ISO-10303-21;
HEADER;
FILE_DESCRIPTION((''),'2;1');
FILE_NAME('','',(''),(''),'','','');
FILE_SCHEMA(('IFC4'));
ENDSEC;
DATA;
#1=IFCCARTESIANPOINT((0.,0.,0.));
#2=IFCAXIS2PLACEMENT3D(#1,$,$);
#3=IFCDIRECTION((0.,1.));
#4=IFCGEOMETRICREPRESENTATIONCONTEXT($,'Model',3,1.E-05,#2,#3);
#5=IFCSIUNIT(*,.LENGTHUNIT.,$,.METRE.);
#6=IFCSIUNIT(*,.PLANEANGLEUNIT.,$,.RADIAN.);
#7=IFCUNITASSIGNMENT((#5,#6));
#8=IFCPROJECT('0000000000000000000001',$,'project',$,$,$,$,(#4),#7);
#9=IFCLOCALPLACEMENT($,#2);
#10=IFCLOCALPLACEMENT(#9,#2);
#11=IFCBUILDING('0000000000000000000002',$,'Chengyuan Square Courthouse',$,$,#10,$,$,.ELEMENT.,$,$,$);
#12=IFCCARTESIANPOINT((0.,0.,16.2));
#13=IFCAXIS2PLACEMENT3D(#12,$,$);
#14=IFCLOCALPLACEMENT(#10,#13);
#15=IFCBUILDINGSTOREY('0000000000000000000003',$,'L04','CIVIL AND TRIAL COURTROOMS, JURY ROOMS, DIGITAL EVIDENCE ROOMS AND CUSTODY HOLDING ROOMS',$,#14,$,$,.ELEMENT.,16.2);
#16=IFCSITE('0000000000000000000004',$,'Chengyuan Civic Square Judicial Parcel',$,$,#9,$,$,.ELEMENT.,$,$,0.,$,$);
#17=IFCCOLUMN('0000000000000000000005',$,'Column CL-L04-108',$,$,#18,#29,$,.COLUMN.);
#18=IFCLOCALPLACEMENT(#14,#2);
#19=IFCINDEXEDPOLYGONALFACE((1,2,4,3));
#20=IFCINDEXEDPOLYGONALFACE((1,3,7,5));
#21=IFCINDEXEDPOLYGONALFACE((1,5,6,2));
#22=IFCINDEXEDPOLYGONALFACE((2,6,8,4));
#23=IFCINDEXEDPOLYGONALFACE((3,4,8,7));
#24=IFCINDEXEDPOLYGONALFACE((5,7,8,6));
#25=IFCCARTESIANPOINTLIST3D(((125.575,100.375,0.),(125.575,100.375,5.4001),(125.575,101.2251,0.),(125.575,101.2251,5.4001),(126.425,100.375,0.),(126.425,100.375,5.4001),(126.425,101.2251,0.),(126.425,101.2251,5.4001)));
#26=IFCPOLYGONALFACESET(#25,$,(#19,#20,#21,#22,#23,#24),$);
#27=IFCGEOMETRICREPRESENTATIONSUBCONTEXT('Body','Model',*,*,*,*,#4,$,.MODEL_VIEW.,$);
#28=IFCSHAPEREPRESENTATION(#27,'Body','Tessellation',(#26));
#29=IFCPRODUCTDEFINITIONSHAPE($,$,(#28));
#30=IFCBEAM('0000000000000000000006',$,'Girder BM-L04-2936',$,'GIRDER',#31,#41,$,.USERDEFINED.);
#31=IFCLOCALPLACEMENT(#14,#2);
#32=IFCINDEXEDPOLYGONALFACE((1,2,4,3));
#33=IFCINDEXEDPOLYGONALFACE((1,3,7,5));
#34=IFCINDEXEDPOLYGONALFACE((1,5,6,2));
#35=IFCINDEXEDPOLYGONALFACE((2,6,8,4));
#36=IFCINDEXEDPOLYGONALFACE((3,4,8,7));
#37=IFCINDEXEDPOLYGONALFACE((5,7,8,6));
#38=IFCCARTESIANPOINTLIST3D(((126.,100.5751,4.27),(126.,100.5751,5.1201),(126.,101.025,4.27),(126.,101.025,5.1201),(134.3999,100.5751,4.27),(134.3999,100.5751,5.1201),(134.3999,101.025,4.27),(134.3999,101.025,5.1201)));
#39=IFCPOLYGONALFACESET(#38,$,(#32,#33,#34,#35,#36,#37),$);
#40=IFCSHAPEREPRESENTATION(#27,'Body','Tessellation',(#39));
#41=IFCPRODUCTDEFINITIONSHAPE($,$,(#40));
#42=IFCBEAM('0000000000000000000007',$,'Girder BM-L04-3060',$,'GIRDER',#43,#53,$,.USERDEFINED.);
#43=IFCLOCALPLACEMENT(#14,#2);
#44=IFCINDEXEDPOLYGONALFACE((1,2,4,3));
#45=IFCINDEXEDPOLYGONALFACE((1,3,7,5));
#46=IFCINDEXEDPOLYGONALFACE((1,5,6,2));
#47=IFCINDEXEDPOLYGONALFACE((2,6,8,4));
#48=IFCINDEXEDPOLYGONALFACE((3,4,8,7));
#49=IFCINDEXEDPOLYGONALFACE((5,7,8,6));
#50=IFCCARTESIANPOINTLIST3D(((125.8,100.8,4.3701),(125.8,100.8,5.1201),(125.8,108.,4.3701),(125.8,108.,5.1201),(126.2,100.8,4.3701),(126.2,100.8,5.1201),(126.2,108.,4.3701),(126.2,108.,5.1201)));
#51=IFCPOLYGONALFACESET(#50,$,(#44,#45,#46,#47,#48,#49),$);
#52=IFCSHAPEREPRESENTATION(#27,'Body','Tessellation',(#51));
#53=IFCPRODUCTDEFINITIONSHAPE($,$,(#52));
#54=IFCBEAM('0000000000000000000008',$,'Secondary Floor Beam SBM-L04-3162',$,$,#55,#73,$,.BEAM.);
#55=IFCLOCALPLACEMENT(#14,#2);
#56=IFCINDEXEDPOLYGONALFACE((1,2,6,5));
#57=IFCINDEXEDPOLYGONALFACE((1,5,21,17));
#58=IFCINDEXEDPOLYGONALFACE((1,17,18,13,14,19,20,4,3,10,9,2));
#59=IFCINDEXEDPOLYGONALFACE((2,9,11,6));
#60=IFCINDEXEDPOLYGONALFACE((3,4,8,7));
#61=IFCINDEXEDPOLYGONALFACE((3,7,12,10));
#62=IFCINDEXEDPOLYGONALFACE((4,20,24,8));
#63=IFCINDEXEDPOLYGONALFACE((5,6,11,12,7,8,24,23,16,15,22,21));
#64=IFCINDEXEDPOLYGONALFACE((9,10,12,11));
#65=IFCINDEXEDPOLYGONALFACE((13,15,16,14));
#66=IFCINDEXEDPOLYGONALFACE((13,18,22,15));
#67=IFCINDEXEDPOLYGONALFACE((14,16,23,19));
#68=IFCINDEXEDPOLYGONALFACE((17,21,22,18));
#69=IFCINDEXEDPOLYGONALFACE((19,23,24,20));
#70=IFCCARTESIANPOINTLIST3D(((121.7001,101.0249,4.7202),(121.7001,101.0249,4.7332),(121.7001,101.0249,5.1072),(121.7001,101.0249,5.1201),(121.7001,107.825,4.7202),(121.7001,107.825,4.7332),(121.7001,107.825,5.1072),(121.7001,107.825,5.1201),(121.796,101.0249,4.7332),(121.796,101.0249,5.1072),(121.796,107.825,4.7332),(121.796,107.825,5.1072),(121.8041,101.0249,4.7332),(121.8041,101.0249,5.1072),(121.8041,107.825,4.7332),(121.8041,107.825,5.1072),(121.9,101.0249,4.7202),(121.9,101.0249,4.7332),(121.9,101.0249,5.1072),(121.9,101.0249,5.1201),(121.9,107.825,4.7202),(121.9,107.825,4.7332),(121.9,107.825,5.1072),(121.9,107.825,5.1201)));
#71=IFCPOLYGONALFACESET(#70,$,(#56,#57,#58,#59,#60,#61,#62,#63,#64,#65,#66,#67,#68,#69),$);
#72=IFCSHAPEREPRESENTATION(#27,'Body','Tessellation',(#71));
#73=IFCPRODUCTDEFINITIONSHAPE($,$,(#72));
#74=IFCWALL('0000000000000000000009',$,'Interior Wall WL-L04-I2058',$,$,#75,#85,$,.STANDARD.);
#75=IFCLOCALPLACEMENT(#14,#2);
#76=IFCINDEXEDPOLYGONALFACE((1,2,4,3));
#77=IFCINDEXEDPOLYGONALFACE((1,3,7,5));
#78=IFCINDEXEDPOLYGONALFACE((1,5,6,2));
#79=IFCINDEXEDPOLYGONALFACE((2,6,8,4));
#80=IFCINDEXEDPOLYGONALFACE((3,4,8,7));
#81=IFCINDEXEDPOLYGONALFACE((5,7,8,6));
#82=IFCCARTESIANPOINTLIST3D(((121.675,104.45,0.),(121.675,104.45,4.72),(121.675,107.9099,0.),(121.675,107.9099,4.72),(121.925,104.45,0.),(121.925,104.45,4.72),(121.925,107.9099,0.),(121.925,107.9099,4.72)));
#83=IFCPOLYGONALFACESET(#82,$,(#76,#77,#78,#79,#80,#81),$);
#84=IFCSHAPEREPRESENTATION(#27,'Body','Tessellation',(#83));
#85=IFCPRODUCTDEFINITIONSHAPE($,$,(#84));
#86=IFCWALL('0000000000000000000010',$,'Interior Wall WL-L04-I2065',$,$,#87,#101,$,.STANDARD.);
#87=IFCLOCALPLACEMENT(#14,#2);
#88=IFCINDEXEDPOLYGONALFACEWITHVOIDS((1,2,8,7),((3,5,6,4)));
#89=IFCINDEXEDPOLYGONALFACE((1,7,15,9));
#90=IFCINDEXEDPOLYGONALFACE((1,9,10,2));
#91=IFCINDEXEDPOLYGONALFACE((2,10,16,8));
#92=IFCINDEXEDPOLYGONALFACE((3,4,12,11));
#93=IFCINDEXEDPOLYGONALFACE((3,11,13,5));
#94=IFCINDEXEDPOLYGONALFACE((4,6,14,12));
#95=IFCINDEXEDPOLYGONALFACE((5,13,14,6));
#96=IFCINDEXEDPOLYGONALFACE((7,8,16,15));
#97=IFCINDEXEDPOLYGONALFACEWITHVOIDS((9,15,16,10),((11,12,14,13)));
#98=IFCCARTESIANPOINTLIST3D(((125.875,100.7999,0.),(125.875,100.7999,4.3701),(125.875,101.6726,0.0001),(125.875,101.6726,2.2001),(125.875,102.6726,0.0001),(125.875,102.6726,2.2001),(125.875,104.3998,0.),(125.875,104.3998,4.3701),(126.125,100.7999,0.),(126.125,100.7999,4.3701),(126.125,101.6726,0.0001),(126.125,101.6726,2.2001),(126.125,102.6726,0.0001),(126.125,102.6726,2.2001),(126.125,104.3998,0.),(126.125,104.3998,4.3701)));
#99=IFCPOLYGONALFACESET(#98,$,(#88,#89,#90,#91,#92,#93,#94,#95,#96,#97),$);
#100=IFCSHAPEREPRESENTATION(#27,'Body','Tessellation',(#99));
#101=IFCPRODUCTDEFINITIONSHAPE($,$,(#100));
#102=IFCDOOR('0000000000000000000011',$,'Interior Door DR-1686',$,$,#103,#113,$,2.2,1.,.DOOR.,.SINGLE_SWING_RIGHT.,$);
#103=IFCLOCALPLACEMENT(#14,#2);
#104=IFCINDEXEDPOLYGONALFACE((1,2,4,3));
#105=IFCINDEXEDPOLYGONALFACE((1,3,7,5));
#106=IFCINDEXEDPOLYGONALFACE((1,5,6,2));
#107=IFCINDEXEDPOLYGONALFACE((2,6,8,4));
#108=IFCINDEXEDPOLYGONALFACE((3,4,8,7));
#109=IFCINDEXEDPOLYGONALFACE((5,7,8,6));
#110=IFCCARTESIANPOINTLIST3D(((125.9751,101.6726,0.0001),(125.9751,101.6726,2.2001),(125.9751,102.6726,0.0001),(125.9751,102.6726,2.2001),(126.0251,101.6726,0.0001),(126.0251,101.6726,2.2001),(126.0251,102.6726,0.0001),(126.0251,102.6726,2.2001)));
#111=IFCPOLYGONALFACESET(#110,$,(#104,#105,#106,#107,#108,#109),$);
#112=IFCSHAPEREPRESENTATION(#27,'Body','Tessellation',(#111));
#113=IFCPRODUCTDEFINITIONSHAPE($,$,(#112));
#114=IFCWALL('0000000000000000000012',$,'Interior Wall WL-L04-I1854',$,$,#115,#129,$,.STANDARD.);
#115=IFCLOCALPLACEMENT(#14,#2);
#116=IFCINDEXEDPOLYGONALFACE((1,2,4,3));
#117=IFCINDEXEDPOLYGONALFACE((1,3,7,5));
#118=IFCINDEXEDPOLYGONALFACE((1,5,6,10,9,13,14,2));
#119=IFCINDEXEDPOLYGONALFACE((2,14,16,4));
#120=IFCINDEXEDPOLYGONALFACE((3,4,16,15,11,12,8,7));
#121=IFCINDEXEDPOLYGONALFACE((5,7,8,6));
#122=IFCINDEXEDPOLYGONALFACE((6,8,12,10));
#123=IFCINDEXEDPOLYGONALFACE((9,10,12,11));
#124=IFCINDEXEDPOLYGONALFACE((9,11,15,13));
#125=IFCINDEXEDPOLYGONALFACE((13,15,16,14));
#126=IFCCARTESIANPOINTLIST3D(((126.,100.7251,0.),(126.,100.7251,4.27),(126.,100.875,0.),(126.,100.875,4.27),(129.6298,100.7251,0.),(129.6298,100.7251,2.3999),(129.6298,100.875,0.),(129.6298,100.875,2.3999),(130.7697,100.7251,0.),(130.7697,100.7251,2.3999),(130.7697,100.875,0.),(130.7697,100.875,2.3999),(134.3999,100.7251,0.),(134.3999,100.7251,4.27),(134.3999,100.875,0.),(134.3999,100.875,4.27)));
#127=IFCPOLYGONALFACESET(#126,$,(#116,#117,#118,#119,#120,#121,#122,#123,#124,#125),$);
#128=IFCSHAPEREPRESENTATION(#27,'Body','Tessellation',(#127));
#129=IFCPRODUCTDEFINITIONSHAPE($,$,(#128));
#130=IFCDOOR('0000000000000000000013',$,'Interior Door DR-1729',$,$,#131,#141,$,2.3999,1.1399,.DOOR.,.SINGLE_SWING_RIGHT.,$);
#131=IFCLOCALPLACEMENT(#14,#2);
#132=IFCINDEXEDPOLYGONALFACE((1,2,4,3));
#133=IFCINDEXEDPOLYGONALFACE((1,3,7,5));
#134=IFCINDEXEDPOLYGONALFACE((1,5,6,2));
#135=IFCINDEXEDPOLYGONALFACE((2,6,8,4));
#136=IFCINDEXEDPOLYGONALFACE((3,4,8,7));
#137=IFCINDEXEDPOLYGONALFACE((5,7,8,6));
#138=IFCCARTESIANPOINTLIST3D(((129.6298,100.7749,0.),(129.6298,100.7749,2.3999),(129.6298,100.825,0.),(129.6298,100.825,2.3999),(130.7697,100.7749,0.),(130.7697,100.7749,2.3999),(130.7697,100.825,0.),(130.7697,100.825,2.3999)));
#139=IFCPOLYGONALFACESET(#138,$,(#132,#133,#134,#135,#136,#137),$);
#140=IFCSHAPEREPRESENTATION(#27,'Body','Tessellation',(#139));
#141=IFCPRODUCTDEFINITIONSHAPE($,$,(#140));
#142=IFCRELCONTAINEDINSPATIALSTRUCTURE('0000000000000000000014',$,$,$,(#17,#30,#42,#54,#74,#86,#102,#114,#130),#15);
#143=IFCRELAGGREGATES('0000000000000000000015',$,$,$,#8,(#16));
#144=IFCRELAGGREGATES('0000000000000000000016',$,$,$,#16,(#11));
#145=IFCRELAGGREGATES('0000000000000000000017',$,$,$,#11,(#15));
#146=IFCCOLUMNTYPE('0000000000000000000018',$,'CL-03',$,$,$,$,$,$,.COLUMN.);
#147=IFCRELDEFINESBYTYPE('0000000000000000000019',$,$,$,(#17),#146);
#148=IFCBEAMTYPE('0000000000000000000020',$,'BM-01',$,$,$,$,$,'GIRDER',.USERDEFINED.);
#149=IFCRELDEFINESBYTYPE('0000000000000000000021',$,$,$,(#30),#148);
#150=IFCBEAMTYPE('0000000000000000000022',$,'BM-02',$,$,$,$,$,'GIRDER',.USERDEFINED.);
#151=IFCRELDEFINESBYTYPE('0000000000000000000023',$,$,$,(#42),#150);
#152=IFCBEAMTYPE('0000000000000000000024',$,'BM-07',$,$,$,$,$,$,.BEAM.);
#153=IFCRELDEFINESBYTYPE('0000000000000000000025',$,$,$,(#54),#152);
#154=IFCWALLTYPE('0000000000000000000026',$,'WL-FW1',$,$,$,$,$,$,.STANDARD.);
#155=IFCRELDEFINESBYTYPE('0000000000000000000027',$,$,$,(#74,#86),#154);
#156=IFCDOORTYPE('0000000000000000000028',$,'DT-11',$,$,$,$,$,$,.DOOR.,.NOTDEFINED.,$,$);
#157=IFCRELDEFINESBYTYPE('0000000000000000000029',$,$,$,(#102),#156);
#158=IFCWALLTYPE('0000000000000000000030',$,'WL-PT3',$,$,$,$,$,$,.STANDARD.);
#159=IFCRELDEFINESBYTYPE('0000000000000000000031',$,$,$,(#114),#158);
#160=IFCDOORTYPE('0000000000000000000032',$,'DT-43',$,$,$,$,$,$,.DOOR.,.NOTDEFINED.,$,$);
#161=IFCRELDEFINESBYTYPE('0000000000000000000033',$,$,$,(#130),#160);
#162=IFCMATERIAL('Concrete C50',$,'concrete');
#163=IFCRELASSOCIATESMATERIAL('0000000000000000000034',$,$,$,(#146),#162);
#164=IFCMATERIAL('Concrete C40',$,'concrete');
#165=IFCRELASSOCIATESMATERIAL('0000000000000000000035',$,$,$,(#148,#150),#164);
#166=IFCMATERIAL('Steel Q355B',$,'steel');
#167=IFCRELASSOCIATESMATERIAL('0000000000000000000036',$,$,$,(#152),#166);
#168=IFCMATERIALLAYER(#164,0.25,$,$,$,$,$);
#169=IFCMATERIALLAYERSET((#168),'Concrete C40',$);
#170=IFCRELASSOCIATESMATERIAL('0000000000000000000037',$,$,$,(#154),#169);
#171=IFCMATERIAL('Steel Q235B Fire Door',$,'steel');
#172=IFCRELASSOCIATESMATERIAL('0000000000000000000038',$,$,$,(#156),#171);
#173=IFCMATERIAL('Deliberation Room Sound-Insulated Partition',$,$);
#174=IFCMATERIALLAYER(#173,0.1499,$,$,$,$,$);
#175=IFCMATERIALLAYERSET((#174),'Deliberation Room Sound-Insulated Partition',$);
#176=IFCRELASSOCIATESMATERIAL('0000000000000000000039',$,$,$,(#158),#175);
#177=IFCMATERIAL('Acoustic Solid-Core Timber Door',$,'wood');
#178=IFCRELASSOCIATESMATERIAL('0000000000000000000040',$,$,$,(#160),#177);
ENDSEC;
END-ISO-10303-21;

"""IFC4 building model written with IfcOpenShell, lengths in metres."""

from ifc_helpers import new_model, si_unit, direction, frame, frame_2d, origin, origin_2d, place, context, subcontext, project, spatial, rectangle, i_section, extrude, material, layer, layer_set, material_profile, profile_set, type_object, element, fill, save


model = new_model("IFC4")

# Units and contexts
model_context = context("Model", 3, precision=1e-05, world=origin(), true_north=direction((0.0, 1.0)))
body_context = subcontext(model_context, "Body", "Model", "MODEL_VIEW")
ifc_project = project(units=[si_unit("LENGTHUNIT", "METRE"), si_unit("PLANEANGLEUNIT", "RADIAN")], contexts=[model_context])

# Site, building, storey
site_placement = place(None, origin())
site = spatial("IfcSite", under=ifc_project, at=site_placement, Name="Chengyuan Civic Square Judicial Parcel", CompositionType="ELEMENT", RefElevation=0.0)
building_placement = place(site_placement, origin())
building = spatial("IfcBuilding", under=site, at=building_placement, Name="Chengyuan Square Courthouse", CompositionType="ELEMENT")
storey_placement = place(building_placement, frame((0.0, 0.0, 16.2)))
storey = spatial("IfcBuildingStorey", under=building, at=storey_placement, Name="L04", Description="CIVIL AND TRIAL COURTROOMS, JURY ROOMS, DIGITAL EVIDENCE ROOMS AND CUSTODY HOLDING ROOMS", CompositionType="ELEMENT", Elevation=16.2)

# Column
ifc_material_1 = material(Name="Concrete C50", Category="concrete")
ifc_material_profile_1 = material_profile(ifc_material_1, rectangle(XDim=0.8501, YDim=0.8501, at=origin_2d()), Name="RC-COL-850x850")
ifc_profile_set_1 = profile_set([ifc_material_profile_1], Name="Concrete C50")
column_type = type_object("IfcColumnType", Name="CL-03", PredefinedType="COLUMN", material=ifc_profile_set_1)
column_placement = place(storey_placement, frame((126.0, 100.8, 0.0), z_axis=(0.0, 0.0, 1.0), x_axis=(1.0, 0.0, 0.0)))
element("IfcColumn", 1, at=column_placement, inside=storey, type_object=column_type, Name="Column CL-L04-108", PredefinedType="COLUMN", context=body_context, shape_type="SweptSolid", body=[
    extrude(rectangle(XDim=0.8501, YDim=0.8501, at=origin_2d()), origin(), (0.0, 0.0, 1.0), 5.4001),
])

# Beams
ifc_material_2 = material(Name="Concrete C40", Category="concrete")
ifc_material_profile_2 = material_profile(ifc_material_2, rectangle(XDim=0.45, YDim=0.8501, at=origin_2d()), Name="RC-BM-450x850")
ifc_profile_set_2 = profile_set([ifc_material_profile_2], Name="Concrete C40")
beam_type_1 = type_object("IfcBeamType", Name="BM-01", ElementType="GIRDER", PredefinedType="USERDEFINED", material=ifc_profile_set_2)
beam_1_placement = place(storey_placement, frame((126.0, 100.8, 4.6951), z_axis=(1.0, 0.0, 0.0), x_axis=(0.0, 1.0, 0.0)))
element("IfcBeam", 2, at=beam_1_placement, inside=storey, type_object=beam_type_1, Name="Girder BM-L04-2936", ObjectType="GIRDER", PredefinedType="USERDEFINED", context=body_context, shape_type="SweptSolid", body=[
    extrude(rectangle(XDim=0.45, YDim=0.8501, at=origin_2d()), origin(), (0.0, 0.0, 1.0), 8.3999),
])
ifc_material_profile_3 = material_profile(ifc_material_2, rectangle(XDim=0.3999, YDim=0.75, at=origin_2d()), Name="RC-BM-400x750")
ifc_profile_set_3 = profile_set([ifc_material_profile_3], Name="Concrete C40")
beam_type_2 = type_object("IfcBeamType", Name="BM-02", ElementType="GIRDER", PredefinedType="USERDEFINED", material=ifc_profile_set_3)
beam_2_placement = place(storey_placement, frame((126.0, 100.8, 4.7451), z_axis=(0.0, 1.0, 0.0), x_axis=(-1.0, 0.0, 0.0)))
element("IfcBeam", 3, at=beam_2_placement, inside=storey, type_object=beam_type_2, Name="Girder BM-L04-3060", ObjectType="GIRDER", PredefinedType="USERDEFINED", context=body_context, shape_type="SweptSolid", body=[
    extrude(rectangle(XDim=0.3999, YDim=0.75, at=origin_2d()), origin(), (0.0, 0.0, 1.0), 7.2),
])
ifc_material_3 = material(Name="Steel Q355B", Category="steel")
ifc_material_profile_4 = material_profile(ifc_material_3, i_section(OverallWidth=0.2, OverallDepth=0.3999, WebThickness=0.0081, FlangeThickness=0.0129, at=origin_2d()), Name="HN 400x200x8x13")
ifc_profile_set_4 = profile_set([ifc_material_profile_4], Name="Steel Q355B")
beam_type_3 = type_object("IfcBeamType", Name="BM-07", PredefinedType="BEAM", material=ifc_profile_set_4)
beam_3_placement = place(storey_placement, frame((121.8, 101.0249, 4.9202), z_axis=(0.0, 1.0, 0.0), x_axis=(-1.0, 0.0, 0.0)))
element("IfcBeam", 4, at=beam_3_placement, inside=storey, type_object=beam_type_3, Name="Secondary Floor Beam SBM-L04-3162", PredefinedType="BEAM", context=body_context, shape_type="SweptSolid", body=[
    extrude(i_section(OverallWidth=0.2, OverallDepth=0.3999, WebThickness=0.0081, FlangeThickness=0.0129, at=origin_2d()), origin(), (0.0, 0.0, 1.0), 6.8),
])

# Wall
ifc_layer_1 = layer(ifc_material_2, 0.25)
ifc_layer_set_1 = layer_set([ifc_layer_1], Name="Concrete C40")
wall_type_1 = type_object("IfcWallType", Name="WL-FW1", PredefinedType="STANDARD", material=ifc_layer_set_1)
wall_1_placement = place(storey_placement, frame((121.8, 104.45, 0.0), z_axis=(0.0, 0.0, 1.0), x_axis=(0.0, 1.0, 0.0)))
element("IfcWall", 5, at=wall_1_placement, inside=storey, type_object=wall_type_1, Name="Interior Wall WL-L04-I2058", PredefinedType="STANDARD", context=body_context, shape_type="SweptSolid", body=[
    extrude(rectangle(XDim=3.46, YDim=0.25, at=frame_2d((1.73, 0.0))), origin(), (0.0, 0.0, 1.0), 4.72),
])

# Walls, openings, doors
wall_2_placement = place(storey_placement, frame((126.0, 100.8, 0.0), z_axis=(0.0, 0.0, 1.0), x_axis=(0.0, 1.0, 0.0)))
wall_2 = element("IfcWall", 6, at=wall_2_placement, inside=storey, type_object=wall_type_1, Name="Interior Wall WL-L04-I2065", PredefinedType="STANDARD", context=body_context, shape_type="SweptSolid", body=[
    extrude(rectangle(XDim=3.5999, YDim=0.25, at=frame_2d((1.7998, 0.0))), origin(), (0.0, 0.0, 1.0), 4.3701),
])
opening_1_placement = place(wall_2_placement, frame((0.8726, 0.0, 0.0)))
opening_1 = element("IfcOpeningElement", 7, at=opening_1_placement, cuts=wall_2, PredefinedType="OPENING", context=body_context, shape_type="SweptSolid", body=[
    extrude(rectangle(XDim=1.0, YDim=2.2, at=frame_2d((0.5, 1.1001))), frame((0.0, 0.137, 0.0), z_axis=(0.0, -1.0, 0.0), x_axis=(1.0, 0.0, 0.0)), (0.0, 0.0, 1.0), 0.2739),
])
ifc_material_4 = material(Name="Steel Q235B Fire Door", Category="steel")
door_type_1 = type_object("IfcDoorType", Name="DT-11", OperationType="NOTDEFINED", PredefinedType="DOOR", material=ifc_material_4)
door_1_placement = place(opening_1_placement, origin())
door_1 = element("IfcDoor", 8, at=door_1_placement, inside=storey, type_object=door_type_1, Name="Interior Door DR-1686", OperationType="SINGLE_SWING_RIGHT", OverallHeight=2.2, OverallWidth=1.0, PredefinedType="DOOR", context=body_context, shape_type="SweptSolid", body=[
    extrude(rectangle(XDim=1.0, YDim=2.2, at=frame_2d((0.5, 1.1001))), frame((0.0, 0.0249, 0.0), z_axis=(0.0, -1.0, 0.0), x_axis=(1.0, 0.0, 0.0)), (0.0, 0.0, 1.0), 0.05),
])
fill(opening_1, door_1)
ifc_material_5 = material(Name="Deliberation Room Sound-Insulated Partition")
ifc_layer_2 = layer(ifc_material_5, 0.1499)
ifc_layer_set_2 = layer_set([ifc_layer_2], Name="Deliberation Room Sound-Insulated Partition")
wall_type_2 = type_object("IfcWallType", Name="WL-PT3", PredefinedType="STANDARD", material=ifc_layer_set_2)
wall_3_placement = place(storey_placement, frame((126.0, 100.8, 0.0), z_axis=(0.0, 0.0, 1.0), x_axis=(1.0, 0.0, 0.0)))
wall_3 = element("IfcWall", 9, at=wall_3_placement, inside=storey, type_object=wall_type_2, Name="Interior Wall WL-L04-I1854", PredefinedType="STANDARD", context=body_context, shape_type="SweptSolid", body=[
    extrude(rectangle(XDim=8.3999, YDim=0.1499, at=frame_2d((4.2, 0.0))), origin(), (0.0, 0.0, 1.0), 4.27),
])
opening_2_placement = place(wall_3_placement, frame((3.6299, 0.0, 0.0)))
opening_2 = element("IfcOpeningElement", 10, at=opening_2_placement, cuts=wall_3, PredefinedType="OPENING", context=body_context, shape_type="SweptSolid", body=[
    extrude(rectangle(XDim=1.1399, YDim=2.3999, at=frame_2d((0.5698, 1.2))), frame((0.0, 0.0869, 0.0), z_axis=(0.0, -1.0, 0.0), x_axis=(1.0, 0.0, 0.0)), (0.0, 0.0, 1.0), 0.1738),
])
ifc_material_6 = material(Name="Acoustic Solid-Core Timber Door", Category="wood")
door_type_2 = type_object("IfcDoorType", Name="DT-43", OperationType="NOTDEFINED", PredefinedType="DOOR", material=ifc_material_6)
door_2_placement = place(opening_2_placement, origin())
door_2 = element("IfcDoor", 11, at=door_2_placement, inside=storey, type_object=door_type_2, Name="Interior Door DR-1729", OperationType="SINGLE_SWING_RIGHT", OverallHeight=2.3999, OverallWidth=1.1399, PredefinedType="DOOR", context=body_context, shape_type="SweptSolid", body=[
    extrude(rectangle(XDim=1.1399, YDim=2.3999, at=frame_2d((0.5698, 1.2))), frame((0.0, 0.0249, 0.0), z_axis=(0.0, -1.0, 0.0), x_axis=(1.0, 0.0, 0.0)), (0.0, 0.0, 1.0), 0.05),
])
fill(opening_2, door_2)

save(model, "model.ifc")
